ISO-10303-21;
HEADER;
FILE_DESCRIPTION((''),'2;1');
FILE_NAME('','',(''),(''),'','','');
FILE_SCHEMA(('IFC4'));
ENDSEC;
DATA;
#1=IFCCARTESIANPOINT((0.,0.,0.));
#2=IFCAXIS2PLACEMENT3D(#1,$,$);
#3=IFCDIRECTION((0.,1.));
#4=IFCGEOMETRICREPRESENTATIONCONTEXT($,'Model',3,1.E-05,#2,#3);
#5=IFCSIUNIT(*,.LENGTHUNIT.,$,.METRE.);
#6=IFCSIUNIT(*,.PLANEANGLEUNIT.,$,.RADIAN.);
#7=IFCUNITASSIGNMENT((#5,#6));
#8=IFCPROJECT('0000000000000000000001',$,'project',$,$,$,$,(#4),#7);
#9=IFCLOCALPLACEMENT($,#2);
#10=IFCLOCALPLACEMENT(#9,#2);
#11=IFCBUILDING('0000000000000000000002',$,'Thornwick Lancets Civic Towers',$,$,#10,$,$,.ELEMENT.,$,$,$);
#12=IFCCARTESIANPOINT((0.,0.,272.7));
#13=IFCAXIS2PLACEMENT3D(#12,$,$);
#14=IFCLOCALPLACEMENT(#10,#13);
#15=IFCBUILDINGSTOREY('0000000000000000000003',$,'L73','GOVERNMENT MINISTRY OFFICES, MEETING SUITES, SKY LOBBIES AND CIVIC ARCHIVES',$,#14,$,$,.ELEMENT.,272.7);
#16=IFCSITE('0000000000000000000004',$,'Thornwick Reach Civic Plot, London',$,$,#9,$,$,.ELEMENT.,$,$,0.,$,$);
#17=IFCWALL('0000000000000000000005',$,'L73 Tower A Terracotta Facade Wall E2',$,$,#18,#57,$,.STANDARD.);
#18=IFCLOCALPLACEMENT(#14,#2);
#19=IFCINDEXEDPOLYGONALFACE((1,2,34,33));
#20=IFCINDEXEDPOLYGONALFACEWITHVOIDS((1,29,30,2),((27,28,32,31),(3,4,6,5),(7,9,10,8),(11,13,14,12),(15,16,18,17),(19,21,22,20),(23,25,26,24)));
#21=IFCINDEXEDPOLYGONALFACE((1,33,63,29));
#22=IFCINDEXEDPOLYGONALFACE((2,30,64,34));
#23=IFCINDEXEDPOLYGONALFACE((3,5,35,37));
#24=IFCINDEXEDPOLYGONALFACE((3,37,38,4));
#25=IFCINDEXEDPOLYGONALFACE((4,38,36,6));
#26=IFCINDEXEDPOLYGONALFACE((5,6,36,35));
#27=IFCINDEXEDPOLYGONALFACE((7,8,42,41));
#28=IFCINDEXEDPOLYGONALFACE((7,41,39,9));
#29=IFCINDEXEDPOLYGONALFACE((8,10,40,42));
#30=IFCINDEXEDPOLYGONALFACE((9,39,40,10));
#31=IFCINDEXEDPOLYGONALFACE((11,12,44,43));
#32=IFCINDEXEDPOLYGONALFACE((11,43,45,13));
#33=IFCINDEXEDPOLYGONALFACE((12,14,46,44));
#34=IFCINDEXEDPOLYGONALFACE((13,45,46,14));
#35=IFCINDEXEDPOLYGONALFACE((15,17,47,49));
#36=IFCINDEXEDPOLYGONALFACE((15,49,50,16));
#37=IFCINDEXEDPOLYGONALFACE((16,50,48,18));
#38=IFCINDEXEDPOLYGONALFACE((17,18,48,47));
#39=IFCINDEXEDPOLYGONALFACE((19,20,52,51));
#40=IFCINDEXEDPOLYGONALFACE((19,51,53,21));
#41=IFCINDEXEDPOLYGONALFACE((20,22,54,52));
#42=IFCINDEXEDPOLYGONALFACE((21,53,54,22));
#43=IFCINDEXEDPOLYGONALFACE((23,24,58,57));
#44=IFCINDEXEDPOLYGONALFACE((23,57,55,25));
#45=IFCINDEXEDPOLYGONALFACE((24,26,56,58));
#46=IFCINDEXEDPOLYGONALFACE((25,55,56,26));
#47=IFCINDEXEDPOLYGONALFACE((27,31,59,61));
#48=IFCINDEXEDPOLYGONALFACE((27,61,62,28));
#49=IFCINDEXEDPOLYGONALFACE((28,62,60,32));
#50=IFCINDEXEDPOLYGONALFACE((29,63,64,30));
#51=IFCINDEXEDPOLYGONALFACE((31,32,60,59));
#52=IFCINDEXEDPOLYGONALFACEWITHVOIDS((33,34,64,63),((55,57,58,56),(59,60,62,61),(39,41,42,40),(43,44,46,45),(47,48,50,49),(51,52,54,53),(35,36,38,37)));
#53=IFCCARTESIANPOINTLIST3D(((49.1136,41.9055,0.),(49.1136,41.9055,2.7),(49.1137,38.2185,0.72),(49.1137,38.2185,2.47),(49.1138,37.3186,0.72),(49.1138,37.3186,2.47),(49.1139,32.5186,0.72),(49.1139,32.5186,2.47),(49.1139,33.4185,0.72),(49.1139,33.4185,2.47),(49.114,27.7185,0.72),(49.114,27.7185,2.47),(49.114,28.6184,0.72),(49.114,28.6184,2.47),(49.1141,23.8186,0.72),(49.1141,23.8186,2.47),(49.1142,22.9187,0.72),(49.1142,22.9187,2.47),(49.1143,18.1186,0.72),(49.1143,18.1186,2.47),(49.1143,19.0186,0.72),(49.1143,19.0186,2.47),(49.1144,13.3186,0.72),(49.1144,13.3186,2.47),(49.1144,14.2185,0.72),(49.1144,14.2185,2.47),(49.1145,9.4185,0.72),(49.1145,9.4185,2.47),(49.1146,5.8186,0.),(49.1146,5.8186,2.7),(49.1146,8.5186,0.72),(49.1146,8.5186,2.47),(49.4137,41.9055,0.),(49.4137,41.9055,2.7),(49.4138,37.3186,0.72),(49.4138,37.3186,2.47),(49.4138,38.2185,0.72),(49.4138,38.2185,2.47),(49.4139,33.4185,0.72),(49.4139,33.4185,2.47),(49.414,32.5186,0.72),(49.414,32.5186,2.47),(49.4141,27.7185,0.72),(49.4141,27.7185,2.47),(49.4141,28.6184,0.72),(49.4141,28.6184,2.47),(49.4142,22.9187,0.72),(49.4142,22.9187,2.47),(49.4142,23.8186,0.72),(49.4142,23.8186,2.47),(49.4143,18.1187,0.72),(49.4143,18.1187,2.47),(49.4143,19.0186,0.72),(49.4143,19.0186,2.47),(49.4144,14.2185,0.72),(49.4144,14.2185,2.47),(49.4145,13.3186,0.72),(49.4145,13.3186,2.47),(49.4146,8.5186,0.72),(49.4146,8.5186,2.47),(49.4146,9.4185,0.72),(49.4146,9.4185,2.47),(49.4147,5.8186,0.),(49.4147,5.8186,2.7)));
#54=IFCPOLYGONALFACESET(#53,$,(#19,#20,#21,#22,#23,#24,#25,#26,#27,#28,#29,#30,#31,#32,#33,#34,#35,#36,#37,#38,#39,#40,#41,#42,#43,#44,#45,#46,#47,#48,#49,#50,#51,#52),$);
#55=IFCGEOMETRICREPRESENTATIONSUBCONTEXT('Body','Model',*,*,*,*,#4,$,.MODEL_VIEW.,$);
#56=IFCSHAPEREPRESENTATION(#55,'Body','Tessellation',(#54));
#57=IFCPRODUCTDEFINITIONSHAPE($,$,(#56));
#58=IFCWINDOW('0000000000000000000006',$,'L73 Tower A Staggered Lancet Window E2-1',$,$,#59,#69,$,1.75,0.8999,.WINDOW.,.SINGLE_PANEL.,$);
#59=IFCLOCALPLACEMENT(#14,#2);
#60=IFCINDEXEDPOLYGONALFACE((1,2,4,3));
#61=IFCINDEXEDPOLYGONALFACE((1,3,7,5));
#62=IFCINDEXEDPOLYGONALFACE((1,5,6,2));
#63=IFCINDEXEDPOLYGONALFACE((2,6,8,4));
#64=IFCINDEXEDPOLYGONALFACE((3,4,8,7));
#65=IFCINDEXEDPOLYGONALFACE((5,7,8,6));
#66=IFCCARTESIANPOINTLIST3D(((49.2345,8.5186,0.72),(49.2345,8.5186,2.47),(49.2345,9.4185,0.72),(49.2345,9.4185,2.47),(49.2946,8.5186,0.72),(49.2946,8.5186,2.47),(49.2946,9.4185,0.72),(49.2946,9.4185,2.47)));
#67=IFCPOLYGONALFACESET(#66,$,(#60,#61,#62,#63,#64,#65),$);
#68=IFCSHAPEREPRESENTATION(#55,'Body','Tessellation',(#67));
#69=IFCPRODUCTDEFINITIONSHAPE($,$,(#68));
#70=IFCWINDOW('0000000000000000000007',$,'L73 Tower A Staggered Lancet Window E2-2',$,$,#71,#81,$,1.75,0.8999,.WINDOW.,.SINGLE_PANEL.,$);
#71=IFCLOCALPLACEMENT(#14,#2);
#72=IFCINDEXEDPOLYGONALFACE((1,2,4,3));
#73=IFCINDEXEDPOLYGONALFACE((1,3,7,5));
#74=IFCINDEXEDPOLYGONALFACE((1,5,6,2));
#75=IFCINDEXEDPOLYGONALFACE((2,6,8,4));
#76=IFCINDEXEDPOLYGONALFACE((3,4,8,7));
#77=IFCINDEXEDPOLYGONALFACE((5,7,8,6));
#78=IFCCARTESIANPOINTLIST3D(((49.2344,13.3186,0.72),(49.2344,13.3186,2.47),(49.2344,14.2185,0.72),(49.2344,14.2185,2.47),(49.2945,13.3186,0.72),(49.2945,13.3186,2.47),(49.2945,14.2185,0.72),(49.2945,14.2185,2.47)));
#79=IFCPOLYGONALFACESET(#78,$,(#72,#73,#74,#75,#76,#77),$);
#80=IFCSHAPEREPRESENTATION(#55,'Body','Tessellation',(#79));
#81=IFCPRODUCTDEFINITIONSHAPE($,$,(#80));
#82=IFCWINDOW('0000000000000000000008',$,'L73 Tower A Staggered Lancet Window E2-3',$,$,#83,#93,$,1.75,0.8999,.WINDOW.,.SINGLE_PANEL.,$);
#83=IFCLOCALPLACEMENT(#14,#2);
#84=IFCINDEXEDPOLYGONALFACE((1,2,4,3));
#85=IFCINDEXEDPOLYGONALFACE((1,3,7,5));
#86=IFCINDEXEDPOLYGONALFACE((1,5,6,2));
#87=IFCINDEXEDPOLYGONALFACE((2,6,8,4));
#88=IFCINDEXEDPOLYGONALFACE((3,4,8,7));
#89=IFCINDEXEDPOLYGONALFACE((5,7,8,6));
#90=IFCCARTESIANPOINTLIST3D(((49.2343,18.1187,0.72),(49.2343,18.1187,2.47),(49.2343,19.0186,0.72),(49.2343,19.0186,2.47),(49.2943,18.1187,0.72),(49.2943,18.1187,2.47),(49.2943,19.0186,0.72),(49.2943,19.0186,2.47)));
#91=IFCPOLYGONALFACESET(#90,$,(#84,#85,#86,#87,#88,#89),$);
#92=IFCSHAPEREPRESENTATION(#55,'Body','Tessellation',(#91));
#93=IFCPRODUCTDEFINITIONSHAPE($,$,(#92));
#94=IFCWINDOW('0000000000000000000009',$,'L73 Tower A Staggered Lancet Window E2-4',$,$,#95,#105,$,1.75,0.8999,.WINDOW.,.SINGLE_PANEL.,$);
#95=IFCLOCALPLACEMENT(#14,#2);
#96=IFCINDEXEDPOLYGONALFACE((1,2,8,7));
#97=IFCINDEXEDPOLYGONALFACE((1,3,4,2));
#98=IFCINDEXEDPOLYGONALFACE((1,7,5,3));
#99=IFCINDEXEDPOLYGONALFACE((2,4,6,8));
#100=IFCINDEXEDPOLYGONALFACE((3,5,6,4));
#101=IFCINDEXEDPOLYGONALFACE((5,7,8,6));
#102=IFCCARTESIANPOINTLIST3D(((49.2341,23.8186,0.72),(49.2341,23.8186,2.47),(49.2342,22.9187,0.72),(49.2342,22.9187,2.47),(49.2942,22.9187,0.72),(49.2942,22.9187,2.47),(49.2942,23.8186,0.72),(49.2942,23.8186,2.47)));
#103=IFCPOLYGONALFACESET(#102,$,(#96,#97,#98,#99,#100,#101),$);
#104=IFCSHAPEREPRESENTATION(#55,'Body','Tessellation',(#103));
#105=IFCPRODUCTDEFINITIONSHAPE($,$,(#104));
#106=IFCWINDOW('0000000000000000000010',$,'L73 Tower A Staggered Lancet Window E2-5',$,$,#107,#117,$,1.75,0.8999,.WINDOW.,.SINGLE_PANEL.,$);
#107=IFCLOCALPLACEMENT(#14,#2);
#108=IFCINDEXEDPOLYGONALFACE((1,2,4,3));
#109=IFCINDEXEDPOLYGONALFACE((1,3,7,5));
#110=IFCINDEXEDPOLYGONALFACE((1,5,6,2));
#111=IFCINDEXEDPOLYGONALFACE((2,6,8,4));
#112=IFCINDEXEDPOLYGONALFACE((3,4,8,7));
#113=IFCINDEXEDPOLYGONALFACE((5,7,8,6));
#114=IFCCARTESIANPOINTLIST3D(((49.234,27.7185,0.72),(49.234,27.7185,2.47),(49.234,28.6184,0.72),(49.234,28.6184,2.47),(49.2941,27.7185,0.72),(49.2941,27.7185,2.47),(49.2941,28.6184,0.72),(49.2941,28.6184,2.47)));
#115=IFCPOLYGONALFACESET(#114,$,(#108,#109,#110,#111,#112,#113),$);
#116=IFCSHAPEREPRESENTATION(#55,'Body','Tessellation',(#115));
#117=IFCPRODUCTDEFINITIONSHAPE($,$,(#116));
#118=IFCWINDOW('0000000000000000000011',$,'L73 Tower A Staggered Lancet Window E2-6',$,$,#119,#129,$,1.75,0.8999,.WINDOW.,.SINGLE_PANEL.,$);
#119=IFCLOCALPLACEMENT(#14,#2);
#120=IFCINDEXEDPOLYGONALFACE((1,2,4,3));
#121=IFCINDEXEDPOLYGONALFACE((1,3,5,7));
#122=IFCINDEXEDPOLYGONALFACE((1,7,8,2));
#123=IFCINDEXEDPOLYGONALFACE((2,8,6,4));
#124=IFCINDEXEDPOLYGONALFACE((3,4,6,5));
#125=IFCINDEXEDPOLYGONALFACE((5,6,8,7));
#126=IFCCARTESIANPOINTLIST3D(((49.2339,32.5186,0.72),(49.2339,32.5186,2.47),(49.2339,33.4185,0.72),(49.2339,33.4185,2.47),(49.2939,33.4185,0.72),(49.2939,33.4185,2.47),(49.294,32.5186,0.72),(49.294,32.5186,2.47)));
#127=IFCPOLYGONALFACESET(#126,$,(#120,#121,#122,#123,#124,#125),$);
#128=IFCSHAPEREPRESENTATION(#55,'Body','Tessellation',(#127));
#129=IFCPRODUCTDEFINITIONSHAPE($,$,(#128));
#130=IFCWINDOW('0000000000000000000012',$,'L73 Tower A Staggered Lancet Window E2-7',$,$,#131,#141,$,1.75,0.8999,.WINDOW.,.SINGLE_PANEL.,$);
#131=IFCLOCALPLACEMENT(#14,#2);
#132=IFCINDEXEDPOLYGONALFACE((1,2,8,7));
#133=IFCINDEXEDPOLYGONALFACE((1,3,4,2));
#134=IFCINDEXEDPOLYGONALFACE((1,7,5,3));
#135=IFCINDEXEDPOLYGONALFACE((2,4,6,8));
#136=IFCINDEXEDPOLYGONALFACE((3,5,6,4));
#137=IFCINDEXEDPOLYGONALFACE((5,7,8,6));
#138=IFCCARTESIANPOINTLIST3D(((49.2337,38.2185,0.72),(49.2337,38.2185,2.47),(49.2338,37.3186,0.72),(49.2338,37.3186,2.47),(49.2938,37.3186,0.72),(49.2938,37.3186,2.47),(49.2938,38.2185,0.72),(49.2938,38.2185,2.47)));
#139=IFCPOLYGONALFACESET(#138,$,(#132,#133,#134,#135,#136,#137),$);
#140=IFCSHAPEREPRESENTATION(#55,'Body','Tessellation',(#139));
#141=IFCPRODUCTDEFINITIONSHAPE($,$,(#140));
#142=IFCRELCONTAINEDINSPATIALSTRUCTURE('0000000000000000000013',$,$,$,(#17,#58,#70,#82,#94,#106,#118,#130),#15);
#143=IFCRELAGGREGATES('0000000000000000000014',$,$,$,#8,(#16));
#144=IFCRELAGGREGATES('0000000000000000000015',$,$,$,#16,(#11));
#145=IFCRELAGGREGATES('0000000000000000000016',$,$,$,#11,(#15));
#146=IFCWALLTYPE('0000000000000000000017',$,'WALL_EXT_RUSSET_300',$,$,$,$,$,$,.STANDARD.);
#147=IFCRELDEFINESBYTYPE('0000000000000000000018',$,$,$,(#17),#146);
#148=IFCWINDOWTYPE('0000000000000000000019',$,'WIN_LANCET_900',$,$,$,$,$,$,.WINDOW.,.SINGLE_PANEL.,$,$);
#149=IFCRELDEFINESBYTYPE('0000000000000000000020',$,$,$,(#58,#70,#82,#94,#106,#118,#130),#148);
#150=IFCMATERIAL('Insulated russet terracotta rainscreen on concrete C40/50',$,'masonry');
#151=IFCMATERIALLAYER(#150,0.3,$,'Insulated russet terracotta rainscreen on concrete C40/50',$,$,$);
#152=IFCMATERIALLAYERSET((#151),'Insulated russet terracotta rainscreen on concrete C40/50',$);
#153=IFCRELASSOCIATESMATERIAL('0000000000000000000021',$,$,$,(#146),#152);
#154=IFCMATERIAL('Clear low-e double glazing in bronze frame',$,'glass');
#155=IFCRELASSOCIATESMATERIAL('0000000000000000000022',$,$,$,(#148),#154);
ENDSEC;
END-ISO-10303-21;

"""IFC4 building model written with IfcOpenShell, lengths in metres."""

from ifc_helpers import new_model, si_unit, direction, frame, frame_2d, origin, place, context, subcontext, project, spatial, rectangle, extrude, material, layer, layer_set, type_object, element, fill, save


model = new_model("IFC4")

# Units and contexts
model_context = context("Model", 3, precision=1e-05, world=origin(), true_north=direction((0.0, 1.0)))
body_context = subcontext(model_context, "Body", "Model", "MODEL_VIEW")
ifc_project = project(units=[si_unit("LENGTHUNIT", "METRE"), si_unit("PLANEANGLEUNIT", "RADIAN")], contexts=[model_context])

# Site, building, storey
site_placement = place(None, origin())
site = spatial("IfcSite", under=ifc_project, at=site_placement, Name="Thornwick Reach Civic Plot, London", CompositionType="ELEMENT", RefElevation=0.0)
building_placement = place(site_placement, origin())
building = spatial("IfcBuilding", under=site, at=building_placement, Name="Thornwick Lancets Civic Towers", CompositionType="ELEMENT")
storey_placement = place(building_placement, frame((0.0, 0.0, 272.7)))
storey = spatial("IfcBuildingStorey", under=building, at=storey_placement, Name="L73", Description="GOVERNMENT MINISTRY OFFICES, MEETING SUITES, SKY LOBBIES AND CIVIC ARCHIVES", CompositionType="ELEMENT", Elevation=272.7)

# Wall, openings, windows
ifc_material_1 = material(Name="Insulated russet terracotta rainscreen on concrete C40/50", Category="masonry")
ifc_layer_1 = layer(ifc_material_1, 0.3, Name="Insulated russet terracotta rainscreen on concrete C40/50")
ifc_layer_set_1 = layer_set([ifc_layer_1], Name="Insulated russet terracotta rainscreen on concrete C40/50")
wall_type_1 = type_object("IfcWallType", Name="WALL_EXT_RUSSET_300", PredefinedType="STANDARD", material=ifc_layer_set_1)
wall_1_placement = place(storey_placement, frame((49.2646, 5.8186, 0.0), z_axis=(0.0, 0.0, 1.0), x_axis=(-0.000027, 1.0, 0.0)))
wall_1 = element("IfcWall", 1, at=wall_1_placement, inside=storey, type_object=wall_type_1, Name="L73 Tower A Terracotta Facade Wall E2", PredefinedType="STANDARD", context=body_context, shape_type="SweptSolid", body=[
    extrude(rectangle(XDim=36.0869, YDim=0.3, at=frame_2d((18.0435, 0.0))), origin(), (0.0, 0.0, 1.0), 2.7),
])
opening_1_placement = place(wall_1_placement, frame((2.7, 0.0, 0.72)))
opening_1 = element("IfcOpeningElement", 2, at=opening_1_placement, cuts=wall_1, PredefinedType="OPENING", context=body_context, shape_type="SweptSolid", body=[
    extrude(rectangle(XDim=0.8999, YDim=1.75, at=frame_2d((0.45, 0.875))), frame((0.0, 0.1602, 0.0), z_axis=(0.0, -1.0, 0.0), x_axis=(1.0, 0.0, 0.0)), (0.0, 0.0, 1.0), 0.3201),
])
opening_2_placement = place(wall_1_placement, frame((7.5, 0.0, 0.72)))
opening_2 = element("IfcOpeningElement", 3, at=opening_2_placement, cuts=wall_1, PredefinedType="OPENING", context=body_context, shape_type="SweptSolid", body=[
    extrude(rectangle(XDim=0.8999, YDim=1.75, at=frame_2d((0.45, 0.875))), frame((0.0, 0.1602, 0.0), z_axis=(0.0, -1.0, 0.0), x_axis=(1.0, 0.0, 0.0)), (0.0, 0.0, 1.0), 0.3201),
])
opening_3_placement = place(wall_1_placement, frame((12.3, 0.0, 0.72)))
opening_3 = element("IfcOpeningElement", 4, at=opening_3_placement, cuts=wall_1, PredefinedType="OPENING", context=body_context, shape_type="SweptSolid", body=[
    extrude(rectangle(XDim=0.8999, YDim=1.75, at=frame_2d((0.45, 0.875))), frame((0.0, 0.1602, 0.0), z_axis=(0.0, -1.0, 0.0), x_axis=(1.0, 0.0, 0.0)), (0.0, 0.0, 1.0), 0.3201),
])
opening_4_placement = place(wall_1_placement, frame((17.1001, 0.0, 0.72)))
opening_4 = element("IfcOpeningElement", 5, at=opening_4_placement, cuts=wall_1, PredefinedType="OPENING", context=body_context, shape_type="SweptSolid", body=[
    extrude(rectangle(XDim=0.8999, YDim=1.75, at=frame_2d((0.45, 0.875))), frame((0.0, 0.1602, 0.0), z_axis=(0.0, -1.0, 0.0), x_axis=(1.0, 0.0, 0.0)), (0.0, 0.0, 1.0), 0.3201),
])
opening_5_placement = place(wall_1_placement, frame((21.8999, 0.0, 0.72)))
opening_5 = element("IfcOpeningElement", 6, at=opening_5_placement, cuts=wall_1, PredefinedType="OPENING", context=body_context, shape_type="SweptSolid", body=[
    extrude(rectangle(XDim=0.8999, YDim=1.75, at=frame_2d((0.45, 0.875))), frame((0.0, 0.1602, 0.0), z_axis=(0.0, -1.0, 0.0), x_axis=(1.0, 0.0, 0.0)), (0.0, 0.0, 1.0), 0.3201),
])
opening_6_placement = place(wall_1_placement, frame((26.7, 0.0, 0.72)))
opening_6 = element("IfcOpeningElement", 7, at=opening_6_placement, cuts=wall_1, PredefinedType="OPENING", context=body_context, shape_type="SweptSolid", body=[
    extrude(rectangle(XDim=0.8999, YDim=1.75, at=frame_2d((0.45, 0.875))), frame((0.0, 0.1602, 0.0), z_axis=(0.0, -1.0, 0.0), x_axis=(1.0, 0.0, 0.0)), (0.0, 0.0, 1.0), 0.3201),
])
opening_7_placement = place(wall_1_placement, frame((31.5, 0.0, 0.72)))
opening_7 = element("IfcOpeningElement", 8, at=opening_7_placement, cuts=wall_1, PredefinedType="OPENING", context=body_context, shape_type="SweptSolid", body=[
    extrude(rectangle(XDim=0.8999, YDim=1.75, at=frame_2d((0.45, 0.875))), frame((0.0, 0.1602, 0.0), z_axis=(0.0, -1.0, 0.0), x_axis=(1.0, 0.0, 0.0)), (0.0, 0.0, 1.0), 0.3201),
])
ifc_material_2 = material(Name="Clear low-e double glazing in bronze frame", Category="glass")
window_type = type_object("IfcWindowType", Name="WIN_LANCET_900", PartitioningType="SINGLE_PANEL", PredefinedType="WINDOW", material=ifc_material_2)
window_1_placement = place(opening_1_placement, origin())
window_1 = element("IfcWindow", 9, at=window_1_placement, inside=storey, type_object=window_type, Name="L73 Tower A Staggered Lancet Window E2-1", OverallHeight=1.75, OverallWidth=0.8999, PartitioningType="SINGLE_PANEL", PredefinedType="WINDOW", context=body_context, shape_type="SweptSolid", body=[
    extrude(rectangle(XDim=0.8999, YDim=1.75, at=frame_2d((0.45, 0.875))), frame((0.0, 0.03, 0.0), z_axis=(0.0, -1.0, 0.0), x_axis=(1.0, 0.0, 0.0)), (0.0, 0.0, 1.0), 0.0601),
])
fill(opening_1, window_1)
window_2_placement = place(opening_2_placement, origin())
window_2 = element("IfcWindow", 10, at=window_2_placement, inside=storey, type_object=window_type, Name="L73 Tower A Staggered Lancet Window E2-2", OverallHeight=1.75, OverallWidth=0.8999, PartitioningType="SINGLE_PANEL", PredefinedType="WINDOW", context=body_context, shape_type="SweptSolid", body=[
    extrude(rectangle(XDim=0.8999, YDim=1.75, at=frame_2d((0.45, 0.875))), frame((0.0, 0.03, 0.0), z_axis=(0.0, -1.0, 0.0), x_axis=(1.0, 0.0, 0.0)), (0.0, 0.0, 1.0), 0.0601),
])
fill(opening_2, window_2)
window_3_placement = place(opening_3_placement, origin())
window_3 = element("IfcWindow", 11, at=window_3_placement, inside=storey, type_object=window_type, Name="L73 Tower A Staggered Lancet Window E2-3", OverallHeight=1.75, OverallWidth=0.8999, PartitioningType="SINGLE_PANEL", PredefinedType="WINDOW", context=body_context, shape_type="SweptSolid", body=[
    extrude(rectangle(XDim=0.8999, YDim=1.75, at=frame_2d((0.45, 0.875))), frame((0.0, 0.03, 0.0), z_axis=(0.0, -1.0, 0.0), x_axis=(1.0, 0.0, 0.0)), (0.0, 0.0, 1.0), 0.0601),
])
fill(opening_3, window_3)
window_4_placement = place(opening_4_placement, origin())
window_4 = element("IfcWindow", 12, at=window_4_placement, inside=storey, type_object=window_type, Name="L73 Tower A Staggered Lancet Window E2-4", OverallHeight=1.75, OverallWidth=0.8999, PartitioningType="SINGLE_PANEL", PredefinedType="WINDOW", context=body_context, shape_type="SweptSolid", body=[
    extrude(rectangle(XDim=0.8999, YDim=1.75, at=frame_2d((0.45, 0.875))), frame((0.0, 0.03, 0.0), z_axis=(0.0, -1.0, 0.0), x_axis=(1.0, 0.0, 0.0)), (0.0, 0.0, 1.0), 0.0601),
])
fill(opening_4, window_4)
window_5_placement = place(opening_5_placement, origin())
window_5 = element("IfcWindow", 13, at=window_5_placement, inside=storey, type_object=window_type, Name="L73 Tower A Staggered Lancet Window E2-5", OverallHeight=1.75, OverallWidth=0.8999, PartitioningType="SINGLE_PANEL", PredefinedType="WINDOW", context=body_context, shape_type="SweptSolid", body=[
    extrude(rectangle(XDim=0.8999, YDim=1.75, at=frame_2d((0.45, 0.875))), frame((0.0, 0.03, 0.0), z_axis=(0.0, -1.0, 0.0), x_axis=(1.0, 0.0, 0.0)), (0.0, 0.0, 1.0), 0.0601),
])
fill(opening_5, window_5)
window_6_placement = place(opening_6_placement, origin())
window_6 = element("IfcWindow", 14, at=window_6_placement, inside=storey, type_object=window_type, Name="L73 Tower A Staggered Lancet Window E2-6", OverallHeight=1.75, OverallWidth=0.8999, PartitioningType="SINGLE_PANEL", PredefinedType="WINDOW", context=body_context, shape_type="SweptSolid", body=[
    extrude(rectangle(XDim=0.8999, YDim=1.75, at=frame_2d((0.45, 0.875))), frame((0.0, 0.03, 0.0), z_axis=(0.0, -1.0, 0.0), x_axis=(1.0, 0.0, 0.0)), (0.0, 0.0, 1.0), 0.0601),
])
fill(opening_6, window_6)
window_7_placement = place(opening_7_placement, origin())
window_7 = element("IfcWindow", 15, at=window_7_placement, inside=storey, type_object=window_type, Name="L73 Tower A Staggered Lancet Window E2-7", OverallHeight=1.75, OverallWidth=0.8999, PartitioningType="SINGLE_PANEL", PredefinedType="WINDOW", context=body_context, shape_type="SweptSolid", body=[
    extrude(rectangle(XDim=0.8999, YDim=1.75, at=frame_2d((0.45, 0.875))), frame((0.0, 0.03, 0.0), z_axis=(0.0, -1.0, 0.0), x_axis=(1.0, 0.0, 0.0)), (0.0, 0.0, 1.0), 0.0601),
])
fill(opening_7, window_7)

save(model, "model.ifc")
